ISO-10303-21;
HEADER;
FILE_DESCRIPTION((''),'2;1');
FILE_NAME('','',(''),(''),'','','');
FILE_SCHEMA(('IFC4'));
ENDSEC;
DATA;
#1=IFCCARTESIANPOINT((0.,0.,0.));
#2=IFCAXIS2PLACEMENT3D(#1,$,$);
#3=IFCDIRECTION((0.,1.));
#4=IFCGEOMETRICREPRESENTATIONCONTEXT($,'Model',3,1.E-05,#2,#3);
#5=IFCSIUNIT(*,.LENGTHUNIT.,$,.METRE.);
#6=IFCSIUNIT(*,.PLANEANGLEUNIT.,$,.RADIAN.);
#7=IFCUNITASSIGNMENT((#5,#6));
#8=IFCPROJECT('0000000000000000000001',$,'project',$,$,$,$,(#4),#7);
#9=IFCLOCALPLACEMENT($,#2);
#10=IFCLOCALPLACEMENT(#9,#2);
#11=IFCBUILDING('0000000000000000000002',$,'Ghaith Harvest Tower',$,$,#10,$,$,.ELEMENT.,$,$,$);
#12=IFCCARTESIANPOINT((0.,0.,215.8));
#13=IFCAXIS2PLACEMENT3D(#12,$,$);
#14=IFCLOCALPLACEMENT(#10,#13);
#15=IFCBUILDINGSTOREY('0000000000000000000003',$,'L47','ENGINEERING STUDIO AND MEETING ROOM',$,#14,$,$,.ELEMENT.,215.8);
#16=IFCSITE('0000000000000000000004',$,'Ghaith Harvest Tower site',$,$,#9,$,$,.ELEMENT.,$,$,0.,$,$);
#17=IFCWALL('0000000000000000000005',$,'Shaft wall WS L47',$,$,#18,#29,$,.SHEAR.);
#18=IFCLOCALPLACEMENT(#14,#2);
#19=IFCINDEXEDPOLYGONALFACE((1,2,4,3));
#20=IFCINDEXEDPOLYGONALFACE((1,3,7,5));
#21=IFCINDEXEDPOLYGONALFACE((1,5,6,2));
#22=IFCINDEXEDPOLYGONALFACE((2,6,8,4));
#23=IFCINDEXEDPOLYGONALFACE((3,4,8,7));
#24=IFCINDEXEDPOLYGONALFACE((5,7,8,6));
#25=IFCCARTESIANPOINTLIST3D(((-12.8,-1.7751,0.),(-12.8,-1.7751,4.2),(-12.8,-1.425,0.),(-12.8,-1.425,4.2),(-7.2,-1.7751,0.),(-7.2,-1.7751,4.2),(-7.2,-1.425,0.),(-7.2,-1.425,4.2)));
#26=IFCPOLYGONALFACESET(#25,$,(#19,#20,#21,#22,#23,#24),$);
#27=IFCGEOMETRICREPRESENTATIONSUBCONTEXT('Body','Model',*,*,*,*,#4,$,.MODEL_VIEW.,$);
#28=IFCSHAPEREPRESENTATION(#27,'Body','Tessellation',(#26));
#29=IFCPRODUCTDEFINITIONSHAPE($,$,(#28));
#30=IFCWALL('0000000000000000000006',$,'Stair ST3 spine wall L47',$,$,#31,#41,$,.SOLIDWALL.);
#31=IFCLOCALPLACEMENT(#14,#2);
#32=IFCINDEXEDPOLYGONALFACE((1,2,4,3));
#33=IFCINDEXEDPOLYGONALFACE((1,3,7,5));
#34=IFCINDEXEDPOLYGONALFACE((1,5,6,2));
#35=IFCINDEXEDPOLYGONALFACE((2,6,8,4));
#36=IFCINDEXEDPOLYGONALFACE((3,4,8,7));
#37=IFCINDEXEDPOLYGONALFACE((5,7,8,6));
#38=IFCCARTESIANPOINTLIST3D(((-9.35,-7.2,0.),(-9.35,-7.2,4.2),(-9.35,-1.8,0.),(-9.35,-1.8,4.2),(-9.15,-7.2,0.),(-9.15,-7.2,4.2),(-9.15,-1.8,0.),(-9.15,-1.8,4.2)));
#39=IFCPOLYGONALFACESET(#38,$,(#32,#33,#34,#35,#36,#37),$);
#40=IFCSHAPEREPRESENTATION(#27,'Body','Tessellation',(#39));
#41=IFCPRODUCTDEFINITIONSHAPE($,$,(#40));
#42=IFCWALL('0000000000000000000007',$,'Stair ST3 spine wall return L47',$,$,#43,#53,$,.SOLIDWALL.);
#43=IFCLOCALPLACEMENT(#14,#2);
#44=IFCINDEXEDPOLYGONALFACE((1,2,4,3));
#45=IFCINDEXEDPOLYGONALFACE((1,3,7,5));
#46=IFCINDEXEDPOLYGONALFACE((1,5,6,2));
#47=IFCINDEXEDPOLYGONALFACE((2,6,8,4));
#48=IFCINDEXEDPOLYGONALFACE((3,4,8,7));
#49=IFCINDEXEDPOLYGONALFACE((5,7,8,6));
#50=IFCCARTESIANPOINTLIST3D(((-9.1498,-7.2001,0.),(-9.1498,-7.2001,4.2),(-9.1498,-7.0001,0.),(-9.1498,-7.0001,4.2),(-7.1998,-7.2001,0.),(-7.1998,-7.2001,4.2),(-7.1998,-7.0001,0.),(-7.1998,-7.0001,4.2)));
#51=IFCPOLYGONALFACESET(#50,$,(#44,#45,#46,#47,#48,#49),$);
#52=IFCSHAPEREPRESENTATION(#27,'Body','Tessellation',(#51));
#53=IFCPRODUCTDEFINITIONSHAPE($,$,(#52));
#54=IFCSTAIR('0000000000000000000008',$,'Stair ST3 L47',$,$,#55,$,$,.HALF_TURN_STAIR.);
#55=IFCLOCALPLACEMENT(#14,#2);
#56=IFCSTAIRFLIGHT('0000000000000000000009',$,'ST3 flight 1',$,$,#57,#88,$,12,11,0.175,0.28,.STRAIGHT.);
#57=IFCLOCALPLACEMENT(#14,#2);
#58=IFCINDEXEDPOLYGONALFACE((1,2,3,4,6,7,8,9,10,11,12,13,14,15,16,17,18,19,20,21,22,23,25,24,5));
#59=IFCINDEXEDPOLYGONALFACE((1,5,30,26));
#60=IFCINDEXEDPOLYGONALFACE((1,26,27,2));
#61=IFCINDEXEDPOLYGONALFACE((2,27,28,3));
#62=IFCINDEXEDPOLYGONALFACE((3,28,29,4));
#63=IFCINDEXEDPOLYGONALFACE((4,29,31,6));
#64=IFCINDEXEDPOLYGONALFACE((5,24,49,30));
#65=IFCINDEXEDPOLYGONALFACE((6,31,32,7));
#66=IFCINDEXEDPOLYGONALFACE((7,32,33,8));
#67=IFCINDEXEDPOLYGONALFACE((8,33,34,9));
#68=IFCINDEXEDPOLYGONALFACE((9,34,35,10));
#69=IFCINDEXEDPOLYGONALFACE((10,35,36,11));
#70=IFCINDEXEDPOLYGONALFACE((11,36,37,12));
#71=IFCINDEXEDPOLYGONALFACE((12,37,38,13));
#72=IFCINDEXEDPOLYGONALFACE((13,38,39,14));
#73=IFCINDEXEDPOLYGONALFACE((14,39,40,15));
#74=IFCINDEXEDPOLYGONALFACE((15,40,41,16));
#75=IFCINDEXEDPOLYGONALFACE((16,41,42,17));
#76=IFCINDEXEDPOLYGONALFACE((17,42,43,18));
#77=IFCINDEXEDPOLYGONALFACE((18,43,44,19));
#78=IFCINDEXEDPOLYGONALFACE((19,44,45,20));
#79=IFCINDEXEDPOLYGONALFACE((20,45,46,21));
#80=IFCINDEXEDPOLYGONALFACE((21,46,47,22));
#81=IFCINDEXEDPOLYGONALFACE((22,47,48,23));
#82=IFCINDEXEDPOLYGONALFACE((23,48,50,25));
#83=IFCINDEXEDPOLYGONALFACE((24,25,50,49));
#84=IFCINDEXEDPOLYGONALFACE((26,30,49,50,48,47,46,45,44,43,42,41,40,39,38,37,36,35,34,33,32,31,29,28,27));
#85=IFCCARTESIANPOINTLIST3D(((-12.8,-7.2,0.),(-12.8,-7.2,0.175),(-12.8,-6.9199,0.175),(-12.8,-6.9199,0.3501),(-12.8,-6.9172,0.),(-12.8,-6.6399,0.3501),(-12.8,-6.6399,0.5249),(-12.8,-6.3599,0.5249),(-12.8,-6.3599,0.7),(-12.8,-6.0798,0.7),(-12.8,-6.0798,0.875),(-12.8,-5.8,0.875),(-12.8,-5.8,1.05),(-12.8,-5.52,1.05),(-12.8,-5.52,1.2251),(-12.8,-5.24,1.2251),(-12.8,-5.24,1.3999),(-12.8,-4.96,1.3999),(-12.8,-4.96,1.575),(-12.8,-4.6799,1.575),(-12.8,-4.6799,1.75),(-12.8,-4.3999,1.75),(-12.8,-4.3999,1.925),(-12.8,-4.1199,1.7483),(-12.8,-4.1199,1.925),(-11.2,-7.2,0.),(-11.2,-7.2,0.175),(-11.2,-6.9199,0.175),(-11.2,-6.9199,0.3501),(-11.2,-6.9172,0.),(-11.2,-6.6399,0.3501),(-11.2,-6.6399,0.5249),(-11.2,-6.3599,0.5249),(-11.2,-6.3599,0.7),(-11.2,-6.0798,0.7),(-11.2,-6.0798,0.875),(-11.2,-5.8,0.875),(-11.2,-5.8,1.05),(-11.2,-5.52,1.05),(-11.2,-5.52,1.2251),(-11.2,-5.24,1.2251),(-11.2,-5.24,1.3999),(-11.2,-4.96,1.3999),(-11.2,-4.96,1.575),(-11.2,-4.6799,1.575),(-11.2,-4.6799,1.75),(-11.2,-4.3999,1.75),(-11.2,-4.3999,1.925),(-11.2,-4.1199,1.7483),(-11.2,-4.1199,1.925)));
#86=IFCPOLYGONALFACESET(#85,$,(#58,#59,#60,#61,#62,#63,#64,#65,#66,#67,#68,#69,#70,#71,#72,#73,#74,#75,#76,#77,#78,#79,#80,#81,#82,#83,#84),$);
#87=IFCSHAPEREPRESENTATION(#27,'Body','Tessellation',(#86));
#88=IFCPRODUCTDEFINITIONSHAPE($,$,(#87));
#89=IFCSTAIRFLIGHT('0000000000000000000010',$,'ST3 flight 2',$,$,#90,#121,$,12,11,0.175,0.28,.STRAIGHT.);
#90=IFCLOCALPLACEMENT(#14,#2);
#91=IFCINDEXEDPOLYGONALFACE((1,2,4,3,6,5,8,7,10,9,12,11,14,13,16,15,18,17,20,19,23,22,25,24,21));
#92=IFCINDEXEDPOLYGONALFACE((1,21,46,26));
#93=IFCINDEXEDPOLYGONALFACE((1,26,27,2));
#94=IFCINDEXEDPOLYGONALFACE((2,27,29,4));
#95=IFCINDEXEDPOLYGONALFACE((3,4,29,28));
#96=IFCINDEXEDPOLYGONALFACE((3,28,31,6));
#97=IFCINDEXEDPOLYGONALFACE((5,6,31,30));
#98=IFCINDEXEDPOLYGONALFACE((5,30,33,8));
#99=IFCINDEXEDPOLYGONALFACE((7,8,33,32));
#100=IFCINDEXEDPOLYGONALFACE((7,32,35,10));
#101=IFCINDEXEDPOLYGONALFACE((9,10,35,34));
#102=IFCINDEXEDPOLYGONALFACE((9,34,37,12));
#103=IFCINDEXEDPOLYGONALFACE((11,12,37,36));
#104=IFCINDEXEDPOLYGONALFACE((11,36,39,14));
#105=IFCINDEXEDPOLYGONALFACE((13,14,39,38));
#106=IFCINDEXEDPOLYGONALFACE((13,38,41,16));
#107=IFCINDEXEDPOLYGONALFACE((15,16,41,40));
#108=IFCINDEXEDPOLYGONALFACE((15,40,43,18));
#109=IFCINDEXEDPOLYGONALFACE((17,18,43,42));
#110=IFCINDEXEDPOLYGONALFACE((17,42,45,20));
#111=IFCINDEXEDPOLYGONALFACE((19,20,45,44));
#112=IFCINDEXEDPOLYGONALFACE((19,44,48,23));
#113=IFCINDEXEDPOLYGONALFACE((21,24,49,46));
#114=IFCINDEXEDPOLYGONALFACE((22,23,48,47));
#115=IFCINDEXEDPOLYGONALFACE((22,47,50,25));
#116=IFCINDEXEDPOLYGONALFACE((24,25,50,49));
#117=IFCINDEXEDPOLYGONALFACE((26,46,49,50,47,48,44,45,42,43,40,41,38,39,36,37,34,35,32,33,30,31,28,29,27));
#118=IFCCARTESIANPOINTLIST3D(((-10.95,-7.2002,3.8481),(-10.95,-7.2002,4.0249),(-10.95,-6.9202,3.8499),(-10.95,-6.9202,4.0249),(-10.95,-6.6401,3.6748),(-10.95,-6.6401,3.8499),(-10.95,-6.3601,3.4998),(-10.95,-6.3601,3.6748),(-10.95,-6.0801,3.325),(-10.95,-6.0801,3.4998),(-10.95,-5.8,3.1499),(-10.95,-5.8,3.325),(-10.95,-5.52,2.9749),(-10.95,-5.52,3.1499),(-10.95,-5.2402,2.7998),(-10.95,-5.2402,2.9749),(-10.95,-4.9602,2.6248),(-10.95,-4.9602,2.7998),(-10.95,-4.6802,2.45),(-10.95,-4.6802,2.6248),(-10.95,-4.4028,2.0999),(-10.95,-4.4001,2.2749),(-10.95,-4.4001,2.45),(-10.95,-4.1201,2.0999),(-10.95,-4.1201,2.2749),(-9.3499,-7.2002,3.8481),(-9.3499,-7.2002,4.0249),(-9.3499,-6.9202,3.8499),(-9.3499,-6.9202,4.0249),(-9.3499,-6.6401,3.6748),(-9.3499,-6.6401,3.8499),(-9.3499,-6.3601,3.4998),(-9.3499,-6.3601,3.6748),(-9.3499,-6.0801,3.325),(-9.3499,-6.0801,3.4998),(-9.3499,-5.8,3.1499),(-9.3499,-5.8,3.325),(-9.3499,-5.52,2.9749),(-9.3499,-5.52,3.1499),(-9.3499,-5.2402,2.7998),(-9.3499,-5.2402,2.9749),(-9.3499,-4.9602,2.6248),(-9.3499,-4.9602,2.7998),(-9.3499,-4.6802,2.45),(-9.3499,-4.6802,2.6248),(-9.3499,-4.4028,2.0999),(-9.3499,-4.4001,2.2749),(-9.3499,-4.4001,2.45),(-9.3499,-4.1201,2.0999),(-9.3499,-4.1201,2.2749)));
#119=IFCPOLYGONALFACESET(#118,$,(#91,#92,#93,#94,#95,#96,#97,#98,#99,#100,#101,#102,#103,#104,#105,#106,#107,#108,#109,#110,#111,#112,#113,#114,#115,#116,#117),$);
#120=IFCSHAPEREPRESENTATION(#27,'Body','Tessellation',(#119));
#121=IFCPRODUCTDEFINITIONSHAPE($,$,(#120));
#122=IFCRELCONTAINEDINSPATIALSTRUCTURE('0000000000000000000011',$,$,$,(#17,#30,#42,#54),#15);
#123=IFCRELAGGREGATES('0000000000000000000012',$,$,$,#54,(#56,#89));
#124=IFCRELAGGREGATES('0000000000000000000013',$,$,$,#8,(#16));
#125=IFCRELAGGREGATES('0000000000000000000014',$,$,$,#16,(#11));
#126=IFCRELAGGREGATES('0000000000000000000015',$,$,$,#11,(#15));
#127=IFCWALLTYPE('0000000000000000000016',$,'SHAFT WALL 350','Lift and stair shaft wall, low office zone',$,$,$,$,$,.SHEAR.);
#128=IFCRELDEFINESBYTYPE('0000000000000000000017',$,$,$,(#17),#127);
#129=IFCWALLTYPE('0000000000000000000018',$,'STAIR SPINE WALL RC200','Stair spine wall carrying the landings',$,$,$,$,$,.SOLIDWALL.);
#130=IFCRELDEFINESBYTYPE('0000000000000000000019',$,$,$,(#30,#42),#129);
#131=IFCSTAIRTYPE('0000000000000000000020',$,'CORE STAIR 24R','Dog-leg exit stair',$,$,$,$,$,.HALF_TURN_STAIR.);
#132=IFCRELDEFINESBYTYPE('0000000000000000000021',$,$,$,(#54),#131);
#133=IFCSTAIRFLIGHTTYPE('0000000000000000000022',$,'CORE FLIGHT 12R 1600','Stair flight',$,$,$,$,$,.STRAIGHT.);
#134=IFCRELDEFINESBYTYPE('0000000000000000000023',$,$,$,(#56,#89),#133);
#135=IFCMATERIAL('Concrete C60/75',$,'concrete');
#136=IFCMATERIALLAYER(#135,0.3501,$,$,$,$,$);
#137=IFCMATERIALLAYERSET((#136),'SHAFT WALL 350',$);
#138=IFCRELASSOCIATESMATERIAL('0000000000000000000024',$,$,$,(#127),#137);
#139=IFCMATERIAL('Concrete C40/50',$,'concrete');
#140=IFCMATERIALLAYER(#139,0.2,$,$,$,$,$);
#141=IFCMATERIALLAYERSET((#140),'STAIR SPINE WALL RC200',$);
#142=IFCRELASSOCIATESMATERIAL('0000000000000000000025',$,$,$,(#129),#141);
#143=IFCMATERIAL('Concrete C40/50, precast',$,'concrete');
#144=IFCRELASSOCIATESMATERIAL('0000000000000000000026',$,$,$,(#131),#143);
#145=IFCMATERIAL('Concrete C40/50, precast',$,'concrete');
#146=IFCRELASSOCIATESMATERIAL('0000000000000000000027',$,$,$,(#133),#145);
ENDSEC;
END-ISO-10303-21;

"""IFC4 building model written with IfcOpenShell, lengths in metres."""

from ifc_helpers import new_model, si_unit, direction, frame, frame_2d, origin, place, context, subcontext, project, spatial, polyline, rectangle, outline, extrude, material, layer, layer_set, type_object, element, aggregate, save


model = new_model("IFC4")

# Units and contexts
model_context = context("Model", 3, precision=1e-05, world=origin(), true_north=direction((0.0, 1.0)))
body_context = subcontext(model_context, "Body", "Model", "MODEL_VIEW")
ifc_project = project(units=[si_unit("LENGTHUNIT", "METRE"), si_unit("PLANEANGLEUNIT", "RADIAN")], contexts=[model_context])

# Site, building, storey
site_placement = place(None, origin())
site = spatial("IfcSite", under=ifc_project, at=site_placement, Name="Ghaith Harvest Tower site", CompositionType="ELEMENT", RefElevation=0.0)
building_placement = place(site_placement, origin())
building = spatial("IfcBuilding", under=site, at=building_placement, Name="Ghaith Harvest Tower", CompositionType="ELEMENT")
storey_placement = place(building_placement, frame((0.0, 0.0, 215.8)))
storey = spatial("IfcBuildingStorey", under=building, at=storey_placement, Name="L47", Description="ENGINEERING STUDIO AND MEETING ROOM", CompositionType="ELEMENT", Elevation=215.8)

# Shared definitions
ifc_material_1 = material(Name="Concrete C60/75", Category="concrete")
ifc_layer_1 = layer(ifc_material_1, 0.3501)
ifc_layer_set_1 = layer_set([ifc_layer_1], Name="SHAFT WALL 350")
wall_type_1 = type_object("IfcWallType", Name="SHAFT WALL 350", Description="Lift and stair shaft wall, low office zone", PredefinedType="SHEAR", material=ifc_layer_set_1)

# Walls
wall_1_placement = place(storey_placement, frame((-12.8, -1.6001, 0.0), z_axis=(0.0, 0.0, 1.0), x_axis=(1.0, 0.0, 0.0)))
element("IfcWall", 1, at=wall_1_placement, inside=storey, type_object=wall_type_1, Name="Shaft wall WS L47", PredefinedType="SHEAR", context=body_context, shape_type="SweptSolid", body=[
    extrude(rectangle(XDim=5.6001, YDim=0.3501, at=frame_2d((2.8, 0.0))), origin(), (0.0, 0.0, 1.0), 4.2),
])
ifc_material_2 = material(Name="Concrete C40/50", Category="concrete")
ifc_layer_2 = layer(ifc_material_2, 0.2)
ifc_layer_set_2 = layer_set([ifc_layer_2], Name="STAIR SPINE WALL RC200")
wall_type_2 = type_object("IfcWallType", Name="STAIR SPINE WALL RC200", Description="Stair spine wall carrying the landings", PredefinedType="SOLIDWALL", material=ifc_layer_set_2)
wall_2_placement = place(storey_placement, frame((-9.25, -7.2, 0.0), z_axis=(0.0, 0.0, 1.0), x_axis=(0.0, 1.0, 0.0)))
element("IfcWall", 2, at=wall_2_placement, inside=storey, type_object=wall_type_2, Name="Stair ST3 spine wall L47", PredefinedType="SOLIDWALL", context=body_context, shape_type="SweptSolid", body=[
    extrude(rectangle(XDim=5.3999, YDim=0.2, at=frame_2d((2.7, 0.0))), origin(), (0.0, 0.0, 1.0), 4.2),
])
wall_3_placement = place(storey_placement, frame((-9.1499, -7.1001, 0.0), z_axis=(0.0, 0.0, 1.0), x_axis=(1.0, 0.0, 0.0)))
element("IfcWall", 3, at=wall_3_placement, inside=storey, type_object=wall_type_2, Name="Stair ST3 spine wall return L47", PredefinedType="SOLIDWALL", context=body_context, shape_type="SweptSolid", body=[
    extrude(rectangle(XDim=1.95, YDim=0.2, at=frame_2d((0.9751, 0.0))), origin(), (0.0, 0.0, 1.0), 4.2),
])

# Stair, stair flights
ifc_material_3 = material(Name="Concrete C40/50, precast", Category="concrete")
stair_type = type_object("IfcStairType", Name="CORE STAIR 24R", Description="Dog-leg exit stair", PredefinedType="HALF_TURN_STAIR", material=ifc_material_3)
stair_placement = place(storey_placement, origin())
stair = element("IfcStair", 4, at=stair_placement, inside=storey, type_object=stair_type, Name="Stair ST3 L47", PredefinedType="HALF_TURN_STAIR")
ifc_material_4 = material(Name="Concrete C40/50, precast", Category="concrete")
stair_flight_type = type_object("IfcStairFlightType", Name="CORE FLIGHT 12R 1600", Description="Stair flight", PredefinedType="STRAIGHT", material=ifc_material_4)
stair_flight_1_placement = place(storey_placement, frame((-12.0, -7.2, 0.0), z_axis=(0.0, 0.0, 1.0), x_axis=(0.0, 1.0, 0.0)))
stair_flight_1 = element("IfcStairFlight", 5, at=stair_flight_1_placement, type_object=stair_flight_type, Name="ST3 flight 1", NumberOfRisers=12, NumberOfTreads=11, PredefinedType="STRAIGHT", RiserHeight=0.175, TreadLength=0.28, context=body_context, shape_type="SweptSolid", body=[
    extrude(outline(polyline([(0.0, 0.0), (0.0, 0.175), (0.28, 0.175), (0.28, 0.3501), (0.5601, 0.3501), (0.5601, 0.5249), (0.8401, 0.5249), (0.8401, 0.7), (1.1201, 0.7), (1.1201, 0.875), (1.3999, 0.875), (1.3999, 1.05), (1.6799, 1.05), (1.6799, 1.2251), (1.96, 1.2251), (1.96, 1.3999), (2.24, 1.3999), (2.24, 1.575), (2.52, 1.575), (2.52, 1.75), (2.8, 1.75), (2.8, 1.925), (3.0801, 1.925), (3.0801, 2.1001), (3.0801, 1.7483), (0.2827, 0.0), (0.0, 0.0)])), frame((0.0, 0.8, 0.0), z_axis=(0.0, -1.0, 0.0), x_axis=(1.0, 0.0, 0.0)), (0.0, 0.0, 1.0), 1.6001),
])
stair_flight_2_placement = place(storey_placement, frame((-10.1499, -4.1201, 2.0999), z_axis=(0.0, 0.0, 1.0), x_axis=(0.0, -1.0, 0.0)))
stair_flight_2 = element("IfcStairFlight", 6, at=stair_flight_2_placement, type_object=stair_flight_type, Name="ST3 flight 2", NumberOfRisers=12, NumberOfTreads=11, PredefinedType="STRAIGHT", RiserHeight=0.175, TreadLength=0.28, context=body_context, shape_type="SweptSolid", body=[
    extrude(outline(polyline([(0.0, 0.0), (0.0, 0.175), (0.28, 0.175), (0.28, 0.3501), (0.5601, 0.3501), (0.5601, 0.5249), (0.8401, 0.5249), (0.8401, 0.7), (1.1201, 0.7), (1.1201, 0.875), (1.3999, 0.875), (1.3999, 1.05), (1.6799, 1.05), (1.6799, 1.2251), (1.96, 1.2251), (1.96, 1.3999), (2.24, 1.3999), (2.24, 1.575), (2.52, 1.575), (2.52, 1.75), (2.8, 1.75), (2.8, 1.925), (3.0801, 1.925), (3.0801, 2.1001), (3.0801, 1.7483), (0.2827, 0.0), (0.0, 0.0)])), frame((0.0, 0.8, 0.0), z_axis=(0.0, -1.0, 0.0), x_axis=(1.0, 0.0, 0.0)), (0.0, 0.0, 1.0), 1.6001),
])
aggregate(stair, [stair_flight_1, stair_flight_2])

save(model, "model.ifc")
